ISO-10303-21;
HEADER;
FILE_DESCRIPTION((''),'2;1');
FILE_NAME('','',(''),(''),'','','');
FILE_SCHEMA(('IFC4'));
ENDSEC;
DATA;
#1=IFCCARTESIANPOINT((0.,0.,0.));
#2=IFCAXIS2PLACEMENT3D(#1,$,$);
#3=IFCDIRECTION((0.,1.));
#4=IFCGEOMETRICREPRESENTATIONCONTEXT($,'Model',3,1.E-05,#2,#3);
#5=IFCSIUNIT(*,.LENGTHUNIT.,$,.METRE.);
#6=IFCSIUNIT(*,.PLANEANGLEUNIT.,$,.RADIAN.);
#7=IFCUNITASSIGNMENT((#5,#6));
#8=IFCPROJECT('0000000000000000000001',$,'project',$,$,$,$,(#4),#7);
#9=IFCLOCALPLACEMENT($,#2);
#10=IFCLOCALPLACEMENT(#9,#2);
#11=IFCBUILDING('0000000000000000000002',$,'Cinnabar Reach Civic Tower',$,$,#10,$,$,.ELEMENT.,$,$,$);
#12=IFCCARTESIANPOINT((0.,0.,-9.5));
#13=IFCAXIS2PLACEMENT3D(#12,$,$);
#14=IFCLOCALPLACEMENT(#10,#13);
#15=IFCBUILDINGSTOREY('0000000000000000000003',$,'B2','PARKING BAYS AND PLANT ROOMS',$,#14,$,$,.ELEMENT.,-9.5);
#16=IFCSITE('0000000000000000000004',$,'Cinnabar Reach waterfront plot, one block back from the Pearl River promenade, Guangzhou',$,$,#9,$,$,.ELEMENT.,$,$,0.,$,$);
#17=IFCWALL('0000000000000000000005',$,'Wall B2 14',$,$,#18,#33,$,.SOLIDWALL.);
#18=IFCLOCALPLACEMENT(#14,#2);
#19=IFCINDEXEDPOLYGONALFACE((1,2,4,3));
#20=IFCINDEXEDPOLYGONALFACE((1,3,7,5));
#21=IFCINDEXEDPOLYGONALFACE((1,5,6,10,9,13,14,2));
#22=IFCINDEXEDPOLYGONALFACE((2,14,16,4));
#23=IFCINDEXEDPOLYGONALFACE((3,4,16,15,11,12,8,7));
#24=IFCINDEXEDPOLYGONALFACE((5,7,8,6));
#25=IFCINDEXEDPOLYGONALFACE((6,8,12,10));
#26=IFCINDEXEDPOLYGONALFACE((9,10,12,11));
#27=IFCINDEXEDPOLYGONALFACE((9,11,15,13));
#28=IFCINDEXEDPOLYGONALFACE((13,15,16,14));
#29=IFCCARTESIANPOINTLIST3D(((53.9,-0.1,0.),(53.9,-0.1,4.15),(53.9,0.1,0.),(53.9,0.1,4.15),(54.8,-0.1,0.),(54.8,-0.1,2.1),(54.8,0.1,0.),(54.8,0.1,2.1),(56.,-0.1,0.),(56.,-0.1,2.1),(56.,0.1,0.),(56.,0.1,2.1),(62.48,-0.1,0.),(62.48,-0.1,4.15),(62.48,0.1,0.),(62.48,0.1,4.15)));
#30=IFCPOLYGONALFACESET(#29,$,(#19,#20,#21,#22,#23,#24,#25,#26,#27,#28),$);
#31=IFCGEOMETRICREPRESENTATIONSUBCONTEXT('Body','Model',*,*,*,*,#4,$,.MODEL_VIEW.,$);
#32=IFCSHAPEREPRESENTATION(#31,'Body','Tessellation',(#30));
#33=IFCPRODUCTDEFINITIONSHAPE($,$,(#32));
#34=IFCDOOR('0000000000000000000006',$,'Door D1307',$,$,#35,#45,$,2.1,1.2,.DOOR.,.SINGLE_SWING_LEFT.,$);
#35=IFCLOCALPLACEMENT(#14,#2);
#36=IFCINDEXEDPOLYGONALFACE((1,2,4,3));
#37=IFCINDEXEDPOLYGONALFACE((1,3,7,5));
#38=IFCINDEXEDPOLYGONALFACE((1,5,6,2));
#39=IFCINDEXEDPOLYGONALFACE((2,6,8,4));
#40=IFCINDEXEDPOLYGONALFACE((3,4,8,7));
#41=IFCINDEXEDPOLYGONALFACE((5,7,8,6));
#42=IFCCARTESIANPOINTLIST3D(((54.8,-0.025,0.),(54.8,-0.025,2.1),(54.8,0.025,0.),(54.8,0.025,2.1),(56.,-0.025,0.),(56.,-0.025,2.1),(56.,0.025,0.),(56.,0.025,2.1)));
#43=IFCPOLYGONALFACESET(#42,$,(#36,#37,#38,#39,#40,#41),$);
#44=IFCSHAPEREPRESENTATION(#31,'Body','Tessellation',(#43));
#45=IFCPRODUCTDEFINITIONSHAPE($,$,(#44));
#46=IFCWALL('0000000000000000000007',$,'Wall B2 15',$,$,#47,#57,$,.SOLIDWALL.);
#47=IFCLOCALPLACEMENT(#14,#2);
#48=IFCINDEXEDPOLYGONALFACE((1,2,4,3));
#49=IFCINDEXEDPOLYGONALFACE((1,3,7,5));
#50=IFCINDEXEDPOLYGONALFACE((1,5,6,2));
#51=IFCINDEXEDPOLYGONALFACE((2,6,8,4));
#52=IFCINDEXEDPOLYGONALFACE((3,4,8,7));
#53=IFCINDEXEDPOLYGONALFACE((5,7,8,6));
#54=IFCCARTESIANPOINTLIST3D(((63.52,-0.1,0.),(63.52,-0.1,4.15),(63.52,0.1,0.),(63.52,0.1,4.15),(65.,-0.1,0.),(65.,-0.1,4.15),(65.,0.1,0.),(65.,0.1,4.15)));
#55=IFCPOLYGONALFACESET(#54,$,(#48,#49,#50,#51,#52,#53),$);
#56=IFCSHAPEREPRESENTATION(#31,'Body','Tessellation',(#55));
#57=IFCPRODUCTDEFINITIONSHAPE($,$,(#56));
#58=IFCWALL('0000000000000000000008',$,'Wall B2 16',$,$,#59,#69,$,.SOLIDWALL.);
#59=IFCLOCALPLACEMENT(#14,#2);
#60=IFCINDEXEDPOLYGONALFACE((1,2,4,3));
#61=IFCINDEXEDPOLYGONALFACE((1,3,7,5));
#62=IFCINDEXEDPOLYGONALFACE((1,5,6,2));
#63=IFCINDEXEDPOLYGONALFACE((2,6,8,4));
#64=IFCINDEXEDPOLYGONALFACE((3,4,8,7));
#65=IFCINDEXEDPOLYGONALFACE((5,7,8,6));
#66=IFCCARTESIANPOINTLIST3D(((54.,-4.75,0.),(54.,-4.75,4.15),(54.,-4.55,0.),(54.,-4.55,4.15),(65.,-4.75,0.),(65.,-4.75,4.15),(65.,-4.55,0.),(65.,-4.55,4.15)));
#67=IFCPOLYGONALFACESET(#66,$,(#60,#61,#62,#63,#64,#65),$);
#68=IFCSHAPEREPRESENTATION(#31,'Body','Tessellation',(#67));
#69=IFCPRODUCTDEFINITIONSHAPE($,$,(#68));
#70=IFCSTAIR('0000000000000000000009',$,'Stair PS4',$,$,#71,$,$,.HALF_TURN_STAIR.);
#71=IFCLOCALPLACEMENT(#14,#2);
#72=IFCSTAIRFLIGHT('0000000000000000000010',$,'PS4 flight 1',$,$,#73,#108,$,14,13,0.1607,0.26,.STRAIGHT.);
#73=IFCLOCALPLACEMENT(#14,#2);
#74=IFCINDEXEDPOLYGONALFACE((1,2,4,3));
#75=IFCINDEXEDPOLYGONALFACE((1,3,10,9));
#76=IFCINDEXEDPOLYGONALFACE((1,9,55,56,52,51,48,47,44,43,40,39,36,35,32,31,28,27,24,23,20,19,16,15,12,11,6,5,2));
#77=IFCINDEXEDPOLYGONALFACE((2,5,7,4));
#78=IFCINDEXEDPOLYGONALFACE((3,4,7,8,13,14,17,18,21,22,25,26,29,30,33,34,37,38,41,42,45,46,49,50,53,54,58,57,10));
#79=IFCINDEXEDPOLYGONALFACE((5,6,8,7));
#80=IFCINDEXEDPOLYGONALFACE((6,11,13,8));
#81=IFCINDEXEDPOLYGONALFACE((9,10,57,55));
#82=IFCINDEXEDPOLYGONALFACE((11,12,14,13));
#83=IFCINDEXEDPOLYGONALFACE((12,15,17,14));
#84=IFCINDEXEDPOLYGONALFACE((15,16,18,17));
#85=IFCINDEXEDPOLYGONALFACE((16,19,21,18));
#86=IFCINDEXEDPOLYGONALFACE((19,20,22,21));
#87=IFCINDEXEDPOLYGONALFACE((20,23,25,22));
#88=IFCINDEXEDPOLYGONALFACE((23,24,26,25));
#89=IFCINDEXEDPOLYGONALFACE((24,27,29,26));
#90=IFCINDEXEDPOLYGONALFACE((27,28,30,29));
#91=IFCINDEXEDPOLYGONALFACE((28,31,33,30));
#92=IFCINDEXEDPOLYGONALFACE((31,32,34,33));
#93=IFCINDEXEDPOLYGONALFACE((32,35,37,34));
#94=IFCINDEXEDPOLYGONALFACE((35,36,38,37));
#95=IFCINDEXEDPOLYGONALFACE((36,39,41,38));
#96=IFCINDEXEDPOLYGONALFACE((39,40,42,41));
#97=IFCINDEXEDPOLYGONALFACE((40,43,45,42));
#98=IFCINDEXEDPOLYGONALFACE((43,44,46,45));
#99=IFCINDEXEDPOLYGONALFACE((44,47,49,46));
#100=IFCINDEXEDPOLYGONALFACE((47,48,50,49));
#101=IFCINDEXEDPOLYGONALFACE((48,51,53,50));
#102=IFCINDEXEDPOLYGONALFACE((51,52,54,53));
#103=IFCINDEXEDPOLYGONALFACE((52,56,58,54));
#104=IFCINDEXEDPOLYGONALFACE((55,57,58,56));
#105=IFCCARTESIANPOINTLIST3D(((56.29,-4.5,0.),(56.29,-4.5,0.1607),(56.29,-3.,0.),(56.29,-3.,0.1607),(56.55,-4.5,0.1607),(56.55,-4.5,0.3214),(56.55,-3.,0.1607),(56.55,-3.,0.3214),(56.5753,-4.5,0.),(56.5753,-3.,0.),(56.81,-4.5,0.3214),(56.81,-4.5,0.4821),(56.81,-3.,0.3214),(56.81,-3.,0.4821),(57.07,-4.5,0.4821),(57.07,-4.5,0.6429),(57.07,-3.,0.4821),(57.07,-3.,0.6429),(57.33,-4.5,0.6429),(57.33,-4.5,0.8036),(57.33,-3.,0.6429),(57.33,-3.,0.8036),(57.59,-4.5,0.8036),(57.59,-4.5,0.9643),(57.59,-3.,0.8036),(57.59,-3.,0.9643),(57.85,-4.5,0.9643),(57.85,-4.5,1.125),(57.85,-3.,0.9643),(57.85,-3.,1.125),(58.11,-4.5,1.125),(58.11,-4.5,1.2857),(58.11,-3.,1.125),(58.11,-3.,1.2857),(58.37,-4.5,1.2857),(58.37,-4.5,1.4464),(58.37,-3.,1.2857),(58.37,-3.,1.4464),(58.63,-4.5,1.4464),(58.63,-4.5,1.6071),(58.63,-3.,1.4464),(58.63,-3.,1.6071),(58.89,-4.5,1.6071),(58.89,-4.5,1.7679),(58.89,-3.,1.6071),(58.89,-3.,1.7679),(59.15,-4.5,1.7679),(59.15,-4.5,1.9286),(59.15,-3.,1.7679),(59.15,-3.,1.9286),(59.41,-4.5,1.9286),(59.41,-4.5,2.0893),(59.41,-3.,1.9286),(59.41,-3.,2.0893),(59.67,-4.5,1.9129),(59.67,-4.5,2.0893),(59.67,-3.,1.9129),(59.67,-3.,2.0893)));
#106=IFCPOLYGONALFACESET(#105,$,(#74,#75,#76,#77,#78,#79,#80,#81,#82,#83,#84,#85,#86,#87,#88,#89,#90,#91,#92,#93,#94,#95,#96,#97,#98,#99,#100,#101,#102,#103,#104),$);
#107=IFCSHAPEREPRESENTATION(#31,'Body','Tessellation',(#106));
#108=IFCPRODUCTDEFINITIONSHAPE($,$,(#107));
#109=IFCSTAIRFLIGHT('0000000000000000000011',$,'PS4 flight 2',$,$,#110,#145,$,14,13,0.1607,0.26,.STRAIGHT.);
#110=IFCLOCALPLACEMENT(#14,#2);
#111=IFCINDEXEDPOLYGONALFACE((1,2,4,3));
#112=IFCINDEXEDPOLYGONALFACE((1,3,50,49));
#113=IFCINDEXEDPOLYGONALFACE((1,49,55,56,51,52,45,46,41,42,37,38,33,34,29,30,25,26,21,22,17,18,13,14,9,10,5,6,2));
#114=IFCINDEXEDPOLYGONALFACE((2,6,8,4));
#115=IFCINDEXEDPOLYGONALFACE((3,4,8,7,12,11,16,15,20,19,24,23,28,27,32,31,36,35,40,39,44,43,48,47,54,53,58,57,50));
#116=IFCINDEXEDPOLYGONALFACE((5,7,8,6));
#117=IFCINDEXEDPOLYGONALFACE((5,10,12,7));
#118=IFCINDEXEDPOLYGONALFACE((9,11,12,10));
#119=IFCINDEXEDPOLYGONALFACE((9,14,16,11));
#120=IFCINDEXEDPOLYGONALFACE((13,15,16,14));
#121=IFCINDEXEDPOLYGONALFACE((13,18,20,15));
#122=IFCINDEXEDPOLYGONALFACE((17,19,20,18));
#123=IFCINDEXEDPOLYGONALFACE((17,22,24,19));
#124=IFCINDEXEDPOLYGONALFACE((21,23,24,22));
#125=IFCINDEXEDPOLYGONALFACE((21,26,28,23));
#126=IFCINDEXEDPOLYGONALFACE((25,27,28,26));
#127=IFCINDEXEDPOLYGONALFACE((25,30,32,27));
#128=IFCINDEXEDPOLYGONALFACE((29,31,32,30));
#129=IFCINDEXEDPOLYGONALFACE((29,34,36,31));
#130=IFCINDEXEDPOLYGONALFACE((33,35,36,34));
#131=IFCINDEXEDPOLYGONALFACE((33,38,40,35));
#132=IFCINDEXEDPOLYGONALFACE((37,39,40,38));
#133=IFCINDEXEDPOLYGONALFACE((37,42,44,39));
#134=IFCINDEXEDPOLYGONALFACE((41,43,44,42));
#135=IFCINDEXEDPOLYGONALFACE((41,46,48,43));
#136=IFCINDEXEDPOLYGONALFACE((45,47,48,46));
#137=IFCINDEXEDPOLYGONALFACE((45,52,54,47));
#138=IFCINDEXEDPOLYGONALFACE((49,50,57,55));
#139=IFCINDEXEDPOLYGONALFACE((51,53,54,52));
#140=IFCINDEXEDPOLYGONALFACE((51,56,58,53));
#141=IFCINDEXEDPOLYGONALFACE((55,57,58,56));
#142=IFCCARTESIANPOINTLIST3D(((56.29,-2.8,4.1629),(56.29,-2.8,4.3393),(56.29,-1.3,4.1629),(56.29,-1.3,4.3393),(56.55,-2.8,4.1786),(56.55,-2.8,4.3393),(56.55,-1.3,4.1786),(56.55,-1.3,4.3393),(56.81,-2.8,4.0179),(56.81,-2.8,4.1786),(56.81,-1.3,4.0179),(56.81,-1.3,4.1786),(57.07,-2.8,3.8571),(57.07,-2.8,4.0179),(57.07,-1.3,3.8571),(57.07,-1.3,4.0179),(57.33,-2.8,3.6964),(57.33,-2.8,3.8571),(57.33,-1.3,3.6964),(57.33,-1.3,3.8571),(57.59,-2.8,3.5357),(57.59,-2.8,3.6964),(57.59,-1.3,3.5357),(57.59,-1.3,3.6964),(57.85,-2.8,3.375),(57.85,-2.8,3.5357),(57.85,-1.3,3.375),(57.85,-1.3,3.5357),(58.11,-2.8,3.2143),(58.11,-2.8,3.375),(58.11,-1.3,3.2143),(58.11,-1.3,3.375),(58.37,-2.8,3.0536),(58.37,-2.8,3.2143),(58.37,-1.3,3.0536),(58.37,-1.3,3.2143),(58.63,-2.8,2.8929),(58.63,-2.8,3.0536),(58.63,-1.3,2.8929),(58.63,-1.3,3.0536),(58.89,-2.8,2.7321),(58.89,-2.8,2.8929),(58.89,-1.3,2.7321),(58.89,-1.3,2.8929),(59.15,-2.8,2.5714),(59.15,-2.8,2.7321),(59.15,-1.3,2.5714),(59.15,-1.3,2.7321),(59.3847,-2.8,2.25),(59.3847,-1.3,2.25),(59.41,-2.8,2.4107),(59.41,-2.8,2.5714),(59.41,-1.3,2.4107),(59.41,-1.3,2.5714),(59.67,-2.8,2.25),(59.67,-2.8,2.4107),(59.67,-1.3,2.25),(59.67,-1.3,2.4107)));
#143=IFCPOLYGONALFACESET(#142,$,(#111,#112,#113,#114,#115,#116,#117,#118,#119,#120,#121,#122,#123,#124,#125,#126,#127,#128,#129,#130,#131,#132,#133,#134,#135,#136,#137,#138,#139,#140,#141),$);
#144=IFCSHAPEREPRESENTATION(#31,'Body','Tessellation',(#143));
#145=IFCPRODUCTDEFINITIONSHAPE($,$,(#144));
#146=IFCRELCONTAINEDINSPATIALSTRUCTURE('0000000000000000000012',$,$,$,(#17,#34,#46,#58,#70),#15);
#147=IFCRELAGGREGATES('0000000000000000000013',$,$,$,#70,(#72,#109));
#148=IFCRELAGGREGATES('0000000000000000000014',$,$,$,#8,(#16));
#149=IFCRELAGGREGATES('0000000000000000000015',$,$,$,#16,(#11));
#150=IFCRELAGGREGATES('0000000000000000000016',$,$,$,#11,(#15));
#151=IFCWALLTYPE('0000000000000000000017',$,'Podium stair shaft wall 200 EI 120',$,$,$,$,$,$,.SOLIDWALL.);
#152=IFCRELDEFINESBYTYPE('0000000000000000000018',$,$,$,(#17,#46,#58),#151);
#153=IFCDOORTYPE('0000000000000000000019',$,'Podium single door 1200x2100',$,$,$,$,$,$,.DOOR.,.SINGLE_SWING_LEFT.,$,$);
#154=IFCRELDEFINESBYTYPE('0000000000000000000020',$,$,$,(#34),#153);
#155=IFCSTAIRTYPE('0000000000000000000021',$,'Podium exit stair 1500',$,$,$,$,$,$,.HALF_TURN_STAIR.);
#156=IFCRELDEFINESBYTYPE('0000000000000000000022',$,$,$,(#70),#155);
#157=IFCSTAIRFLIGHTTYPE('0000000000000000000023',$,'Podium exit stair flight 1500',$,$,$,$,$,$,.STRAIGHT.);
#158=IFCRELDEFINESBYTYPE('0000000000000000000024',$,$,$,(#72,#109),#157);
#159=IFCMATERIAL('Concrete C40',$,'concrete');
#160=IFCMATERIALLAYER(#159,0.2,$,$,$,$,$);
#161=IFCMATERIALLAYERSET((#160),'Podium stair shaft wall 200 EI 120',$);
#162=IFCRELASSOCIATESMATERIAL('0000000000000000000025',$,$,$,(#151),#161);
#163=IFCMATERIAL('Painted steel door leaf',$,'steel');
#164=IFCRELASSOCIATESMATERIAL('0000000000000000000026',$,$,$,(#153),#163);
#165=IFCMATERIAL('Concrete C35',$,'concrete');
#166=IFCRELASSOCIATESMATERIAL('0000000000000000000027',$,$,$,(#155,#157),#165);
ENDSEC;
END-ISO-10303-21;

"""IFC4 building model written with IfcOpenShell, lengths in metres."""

from ifc_helpers import new_model, si_unit, direction, frame, frame_2d, origin, place, context, subcontext, project, spatial, polyline, rectangle, outline, extrude, material, layer, layer_set, type_object, element, fill, aggregate, save


model = new_model("IFC4")

# Units and contexts
model_context = context("Model", 3, precision=1e-05, world=origin(), true_north=direction((0.0, 1.0)))
body_context = subcontext(model_context, "Body", "Model", "MODEL_VIEW")
ifc_project = project(units=[si_unit("LENGTHUNIT", "METRE"), si_unit("PLANEANGLEUNIT", "RADIAN")], contexts=[model_context])

# Site, building, storey
site_placement = place(None, origin())
site = spatial("IfcSite", under=ifc_project, at=site_placement, Name="Cinnabar Reach waterfront plot, one block back from the Pearl River promenade, Guangzhou", CompositionType="ELEMENT", RefElevation=0.0)
building_placement = place(site_placement, origin())
building = spatial("IfcBuilding", under=site, at=building_placement, Name="Cinnabar Reach Civic Tower", CompositionType="ELEMENT")
storey_placement = place(building_placement, frame((0.0, 0.0, -9.5)))
storey = spatial("IfcBuildingStorey", under=building, at=storey_placement, Name="B2", Description="PARKING BAYS AND PLANT ROOMS", CompositionType="ELEMENT", Elevation=-9.5)

# Shared definitions
ifc_material_1 = material(Name="Concrete C40", Category="concrete")
ifc_layer_1 = layer(ifc_material_1, 0.2)
ifc_layer_set_1 = layer_set([ifc_layer_1], Name="Podium stair shaft wall 200 EI 120")
wall_type_1 = type_object("IfcWallType", Name="Podium stair shaft wall 200 EI 120", PredefinedType="SOLIDWALL", material=ifc_layer_set_1)

# Wall, opening, door
wall_1_placement = place(storey_placement, frame((53.9, 0.0, 0.0), z_axis=(0.0, 0.0, 1.0), x_axis=(1.0, 0.0, 0.0)))
wall_1 = element("IfcWall", 1, at=wall_1_placement, inside=storey, type_object=wall_type_1, Name="Wall B2 14", PredefinedType="SOLIDWALL", context=body_context, shape_type="SweptSolid", body=[
    extrude(rectangle(XDim=8.58, YDim=0.2, at=frame_2d((4.29, 0.0))), origin(), (0.0, 0.0, 1.0), 4.15),
])
opening_placement = place(wall_1_placement, frame((0.9, 0.0, 0.0)))
opening = element("IfcOpeningElement", 2, at=opening_placement, cuts=wall_1, PredefinedType="OPENING", context=body_context, shape_type="SweptSolid", body=[
    extrude(rectangle(XDim=1.2, YDim=2.1, at=frame_2d((0.6, 1.05))), frame((0.0, 0.11, 0.0), z_axis=(0.0, -1.0, 0.0), x_axis=(1.0, 0.0, 0.0)), (0.0, 0.0, 1.0), 0.22),
])
ifc_material_2 = material(Name="Painted steel door leaf", Category="steel")
door_type = type_object("IfcDoorType", Name="Podium single door 1200x2100", OperationType="SINGLE_SWING_LEFT", PredefinedType="DOOR", material=ifc_material_2)
door_placement = place(opening_placement, frame((1.2, 0.0, 0.0), z_axis=(0.0, 0.0, 1.0), x_axis=(-1.0, 0.0, 0.0)))
door = element("IfcDoor", 3, at=door_placement, inside=storey, type_object=door_type, Name="Door D1307", OperationType="SINGLE_SWING_LEFT", OverallHeight=2.1, OverallWidth=1.2, PredefinedType="DOOR", context=body_context, shape_type="SweptSolid", body=[
    extrude(rectangle(XDim=1.2, YDim=2.1, at=frame_2d((0.6, 1.05))), frame((0.0, 0.025, 0.0), z_axis=(0.0, -1.0, 0.0), x_axis=(1.0, 0.0, 0.0)), (0.0, 0.0, 1.0), 0.05),
])
fill(opening, door)

# Walls
wall_2_placement = place(storey_placement, frame((63.52, 0.0, 0.0), z_axis=(0.0, 0.0, 1.0), x_axis=(1.0, 0.0, 0.0)))
element("IfcWall", 4, at=wall_2_placement, inside=storey, type_object=wall_type_1, Name="Wall B2 15", PredefinedType="SOLIDWALL", context=body_context, shape_type="SweptSolid", body=[
    extrude(rectangle(XDim=1.48, YDim=0.2, at=frame_2d((0.74, 0.0))), origin(), (0.0, 0.0, 1.0), 4.15),
])
wall_3_placement = place(storey_placement, frame((54.0, -4.65, 0.0), z_axis=(0.0, 0.0, 1.0), x_axis=(1.0, 0.0, 0.0)))
element("IfcWall", 5, at=wall_3_placement, inside=storey, type_object=wall_type_1, Name="Wall B2 16", PredefinedType="SOLIDWALL", context=body_context, shape_type="SweptSolid", body=[
    extrude(rectangle(XDim=11.0, YDim=0.2, at=frame_2d((5.5, 0.0))), origin(), (0.0, 0.0, 1.0), 4.15),
])

# Stair, stair flights
ifc_material_3 = material(Name="Concrete C35", Category="concrete")
stair_type = type_object("IfcStairType", Name="Podium exit stair 1500", PredefinedType="HALF_TURN_STAIR", material=ifc_material_3)
stair_placement = place(storey_placement, origin())
stair = element("IfcStair", 6, at=stair_placement, inside=storey, type_object=stair_type, Name="Stair PS4", PredefinedType="HALF_TURN_STAIR")
stair_flight_type = type_object("IfcStairFlightType", Name="Podium exit stair flight 1500", PredefinedType="STRAIGHT", material=ifc_material_3)
stair_flight_1_placement = place(storey_placement, frame((56.29, -3.75, 0.0), z_axis=(0.0, 0.0, 1.0), x_axis=(1.0, 0.0, 0.0)))
stair_flight_1 = element("IfcStairFlight", 7, at=stair_flight_1_placement, type_object=stair_flight_type, Name="PS4 flight 1", NumberOfRisers=14, NumberOfTreads=13, PredefinedType="STRAIGHT", RiserHeight=0.1607, TreadLength=0.26, context=body_context, shape_type="SweptSolid", body=[
    extrude(outline(polyline([(0.0, 0.0), (0.0, 0.1607), (0.26, 0.1607), (0.26, 0.3214), (0.52, 0.3214), (0.52, 0.4821), (0.78, 0.4821), (0.78, 0.6429), (1.04, 0.6429), (1.04, 0.8036), (1.3, 0.8036), (1.3, 0.9643), (1.56, 0.9643), (1.56, 1.125), (1.82, 1.125), (1.82, 1.2857), (2.08, 1.2857), (2.08, 1.4464), (2.34, 1.4464), (2.34, 1.6071), (2.6, 1.6071), (2.6, 1.7679), (2.86, 1.7679), (2.86, 1.9286), (3.12, 1.9286), (3.12, 2.0893), (3.38, 2.0893), (3.38, 2.25), (3.38, 1.9129), (0.2853, 0.0), (0.0, 0.0)])), frame((0.0, 0.75, 0.0), z_axis=(0.0, -1.0, 0.0), x_axis=(1.0, 0.0, 0.0)), (0.0, 0.0, 1.0), 1.5),
])
stair_flight_2_placement = place(storey_placement, frame((59.67, -2.05, 2.25), z_axis=(0.0, 0.0, 1.0), x_axis=(-1.0, 0.0, 0.0)))
stair_flight_2 = element("IfcStairFlight", 8, at=stair_flight_2_placement, type_object=stair_flight_type, Name="PS4 flight 2", NumberOfRisers=14, NumberOfTreads=13, PredefinedType="STRAIGHT", RiserHeight=0.1607, TreadLength=0.26, context=body_context, shape_type="SweptSolid", body=[
    extrude(outline(polyline([(0.0, 0.0), (0.0, 0.1607), (0.26, 0.1607), (0.26, 0.3214), (0.52, 0.3214), (0.52, 0.4821), (0.78, 0.4821), (0.78, 0.6429), (1.04, 0.6429), (1.04, 0.8036), (1.3, 0.8036), (1.3, 0.9643), (1.56, 0.9643), (1.56, 1.125), (1.82, 1.125), (1.82, 1.2857), (2.08, 1.2857), (2.08, 1.4464), (2.34, 1.4464), (2.34, 1.6071), (2.6, 1.6071), (2.6, 1.7679), (2.86, 1.7679), (2.86, 1.9286), (3.12, 1.9286), (3.12, 2.0893), (3.38, 2.0893), (3.38, 2.25), (3.38, 1.9129), (0.2853, 0.0), (0.0, 0.0)])), frame((0.0, 0.75, 0.0), z_axis=(0.0, -1.0, 0.0), x_axis=(1.0, 0.0, 0.0)), (0.0, 0.0, 1.0), 1.5),
])
aggregate(stair, [stair_flight_1, stair_flight_2])

save(model, "model.ifc")
